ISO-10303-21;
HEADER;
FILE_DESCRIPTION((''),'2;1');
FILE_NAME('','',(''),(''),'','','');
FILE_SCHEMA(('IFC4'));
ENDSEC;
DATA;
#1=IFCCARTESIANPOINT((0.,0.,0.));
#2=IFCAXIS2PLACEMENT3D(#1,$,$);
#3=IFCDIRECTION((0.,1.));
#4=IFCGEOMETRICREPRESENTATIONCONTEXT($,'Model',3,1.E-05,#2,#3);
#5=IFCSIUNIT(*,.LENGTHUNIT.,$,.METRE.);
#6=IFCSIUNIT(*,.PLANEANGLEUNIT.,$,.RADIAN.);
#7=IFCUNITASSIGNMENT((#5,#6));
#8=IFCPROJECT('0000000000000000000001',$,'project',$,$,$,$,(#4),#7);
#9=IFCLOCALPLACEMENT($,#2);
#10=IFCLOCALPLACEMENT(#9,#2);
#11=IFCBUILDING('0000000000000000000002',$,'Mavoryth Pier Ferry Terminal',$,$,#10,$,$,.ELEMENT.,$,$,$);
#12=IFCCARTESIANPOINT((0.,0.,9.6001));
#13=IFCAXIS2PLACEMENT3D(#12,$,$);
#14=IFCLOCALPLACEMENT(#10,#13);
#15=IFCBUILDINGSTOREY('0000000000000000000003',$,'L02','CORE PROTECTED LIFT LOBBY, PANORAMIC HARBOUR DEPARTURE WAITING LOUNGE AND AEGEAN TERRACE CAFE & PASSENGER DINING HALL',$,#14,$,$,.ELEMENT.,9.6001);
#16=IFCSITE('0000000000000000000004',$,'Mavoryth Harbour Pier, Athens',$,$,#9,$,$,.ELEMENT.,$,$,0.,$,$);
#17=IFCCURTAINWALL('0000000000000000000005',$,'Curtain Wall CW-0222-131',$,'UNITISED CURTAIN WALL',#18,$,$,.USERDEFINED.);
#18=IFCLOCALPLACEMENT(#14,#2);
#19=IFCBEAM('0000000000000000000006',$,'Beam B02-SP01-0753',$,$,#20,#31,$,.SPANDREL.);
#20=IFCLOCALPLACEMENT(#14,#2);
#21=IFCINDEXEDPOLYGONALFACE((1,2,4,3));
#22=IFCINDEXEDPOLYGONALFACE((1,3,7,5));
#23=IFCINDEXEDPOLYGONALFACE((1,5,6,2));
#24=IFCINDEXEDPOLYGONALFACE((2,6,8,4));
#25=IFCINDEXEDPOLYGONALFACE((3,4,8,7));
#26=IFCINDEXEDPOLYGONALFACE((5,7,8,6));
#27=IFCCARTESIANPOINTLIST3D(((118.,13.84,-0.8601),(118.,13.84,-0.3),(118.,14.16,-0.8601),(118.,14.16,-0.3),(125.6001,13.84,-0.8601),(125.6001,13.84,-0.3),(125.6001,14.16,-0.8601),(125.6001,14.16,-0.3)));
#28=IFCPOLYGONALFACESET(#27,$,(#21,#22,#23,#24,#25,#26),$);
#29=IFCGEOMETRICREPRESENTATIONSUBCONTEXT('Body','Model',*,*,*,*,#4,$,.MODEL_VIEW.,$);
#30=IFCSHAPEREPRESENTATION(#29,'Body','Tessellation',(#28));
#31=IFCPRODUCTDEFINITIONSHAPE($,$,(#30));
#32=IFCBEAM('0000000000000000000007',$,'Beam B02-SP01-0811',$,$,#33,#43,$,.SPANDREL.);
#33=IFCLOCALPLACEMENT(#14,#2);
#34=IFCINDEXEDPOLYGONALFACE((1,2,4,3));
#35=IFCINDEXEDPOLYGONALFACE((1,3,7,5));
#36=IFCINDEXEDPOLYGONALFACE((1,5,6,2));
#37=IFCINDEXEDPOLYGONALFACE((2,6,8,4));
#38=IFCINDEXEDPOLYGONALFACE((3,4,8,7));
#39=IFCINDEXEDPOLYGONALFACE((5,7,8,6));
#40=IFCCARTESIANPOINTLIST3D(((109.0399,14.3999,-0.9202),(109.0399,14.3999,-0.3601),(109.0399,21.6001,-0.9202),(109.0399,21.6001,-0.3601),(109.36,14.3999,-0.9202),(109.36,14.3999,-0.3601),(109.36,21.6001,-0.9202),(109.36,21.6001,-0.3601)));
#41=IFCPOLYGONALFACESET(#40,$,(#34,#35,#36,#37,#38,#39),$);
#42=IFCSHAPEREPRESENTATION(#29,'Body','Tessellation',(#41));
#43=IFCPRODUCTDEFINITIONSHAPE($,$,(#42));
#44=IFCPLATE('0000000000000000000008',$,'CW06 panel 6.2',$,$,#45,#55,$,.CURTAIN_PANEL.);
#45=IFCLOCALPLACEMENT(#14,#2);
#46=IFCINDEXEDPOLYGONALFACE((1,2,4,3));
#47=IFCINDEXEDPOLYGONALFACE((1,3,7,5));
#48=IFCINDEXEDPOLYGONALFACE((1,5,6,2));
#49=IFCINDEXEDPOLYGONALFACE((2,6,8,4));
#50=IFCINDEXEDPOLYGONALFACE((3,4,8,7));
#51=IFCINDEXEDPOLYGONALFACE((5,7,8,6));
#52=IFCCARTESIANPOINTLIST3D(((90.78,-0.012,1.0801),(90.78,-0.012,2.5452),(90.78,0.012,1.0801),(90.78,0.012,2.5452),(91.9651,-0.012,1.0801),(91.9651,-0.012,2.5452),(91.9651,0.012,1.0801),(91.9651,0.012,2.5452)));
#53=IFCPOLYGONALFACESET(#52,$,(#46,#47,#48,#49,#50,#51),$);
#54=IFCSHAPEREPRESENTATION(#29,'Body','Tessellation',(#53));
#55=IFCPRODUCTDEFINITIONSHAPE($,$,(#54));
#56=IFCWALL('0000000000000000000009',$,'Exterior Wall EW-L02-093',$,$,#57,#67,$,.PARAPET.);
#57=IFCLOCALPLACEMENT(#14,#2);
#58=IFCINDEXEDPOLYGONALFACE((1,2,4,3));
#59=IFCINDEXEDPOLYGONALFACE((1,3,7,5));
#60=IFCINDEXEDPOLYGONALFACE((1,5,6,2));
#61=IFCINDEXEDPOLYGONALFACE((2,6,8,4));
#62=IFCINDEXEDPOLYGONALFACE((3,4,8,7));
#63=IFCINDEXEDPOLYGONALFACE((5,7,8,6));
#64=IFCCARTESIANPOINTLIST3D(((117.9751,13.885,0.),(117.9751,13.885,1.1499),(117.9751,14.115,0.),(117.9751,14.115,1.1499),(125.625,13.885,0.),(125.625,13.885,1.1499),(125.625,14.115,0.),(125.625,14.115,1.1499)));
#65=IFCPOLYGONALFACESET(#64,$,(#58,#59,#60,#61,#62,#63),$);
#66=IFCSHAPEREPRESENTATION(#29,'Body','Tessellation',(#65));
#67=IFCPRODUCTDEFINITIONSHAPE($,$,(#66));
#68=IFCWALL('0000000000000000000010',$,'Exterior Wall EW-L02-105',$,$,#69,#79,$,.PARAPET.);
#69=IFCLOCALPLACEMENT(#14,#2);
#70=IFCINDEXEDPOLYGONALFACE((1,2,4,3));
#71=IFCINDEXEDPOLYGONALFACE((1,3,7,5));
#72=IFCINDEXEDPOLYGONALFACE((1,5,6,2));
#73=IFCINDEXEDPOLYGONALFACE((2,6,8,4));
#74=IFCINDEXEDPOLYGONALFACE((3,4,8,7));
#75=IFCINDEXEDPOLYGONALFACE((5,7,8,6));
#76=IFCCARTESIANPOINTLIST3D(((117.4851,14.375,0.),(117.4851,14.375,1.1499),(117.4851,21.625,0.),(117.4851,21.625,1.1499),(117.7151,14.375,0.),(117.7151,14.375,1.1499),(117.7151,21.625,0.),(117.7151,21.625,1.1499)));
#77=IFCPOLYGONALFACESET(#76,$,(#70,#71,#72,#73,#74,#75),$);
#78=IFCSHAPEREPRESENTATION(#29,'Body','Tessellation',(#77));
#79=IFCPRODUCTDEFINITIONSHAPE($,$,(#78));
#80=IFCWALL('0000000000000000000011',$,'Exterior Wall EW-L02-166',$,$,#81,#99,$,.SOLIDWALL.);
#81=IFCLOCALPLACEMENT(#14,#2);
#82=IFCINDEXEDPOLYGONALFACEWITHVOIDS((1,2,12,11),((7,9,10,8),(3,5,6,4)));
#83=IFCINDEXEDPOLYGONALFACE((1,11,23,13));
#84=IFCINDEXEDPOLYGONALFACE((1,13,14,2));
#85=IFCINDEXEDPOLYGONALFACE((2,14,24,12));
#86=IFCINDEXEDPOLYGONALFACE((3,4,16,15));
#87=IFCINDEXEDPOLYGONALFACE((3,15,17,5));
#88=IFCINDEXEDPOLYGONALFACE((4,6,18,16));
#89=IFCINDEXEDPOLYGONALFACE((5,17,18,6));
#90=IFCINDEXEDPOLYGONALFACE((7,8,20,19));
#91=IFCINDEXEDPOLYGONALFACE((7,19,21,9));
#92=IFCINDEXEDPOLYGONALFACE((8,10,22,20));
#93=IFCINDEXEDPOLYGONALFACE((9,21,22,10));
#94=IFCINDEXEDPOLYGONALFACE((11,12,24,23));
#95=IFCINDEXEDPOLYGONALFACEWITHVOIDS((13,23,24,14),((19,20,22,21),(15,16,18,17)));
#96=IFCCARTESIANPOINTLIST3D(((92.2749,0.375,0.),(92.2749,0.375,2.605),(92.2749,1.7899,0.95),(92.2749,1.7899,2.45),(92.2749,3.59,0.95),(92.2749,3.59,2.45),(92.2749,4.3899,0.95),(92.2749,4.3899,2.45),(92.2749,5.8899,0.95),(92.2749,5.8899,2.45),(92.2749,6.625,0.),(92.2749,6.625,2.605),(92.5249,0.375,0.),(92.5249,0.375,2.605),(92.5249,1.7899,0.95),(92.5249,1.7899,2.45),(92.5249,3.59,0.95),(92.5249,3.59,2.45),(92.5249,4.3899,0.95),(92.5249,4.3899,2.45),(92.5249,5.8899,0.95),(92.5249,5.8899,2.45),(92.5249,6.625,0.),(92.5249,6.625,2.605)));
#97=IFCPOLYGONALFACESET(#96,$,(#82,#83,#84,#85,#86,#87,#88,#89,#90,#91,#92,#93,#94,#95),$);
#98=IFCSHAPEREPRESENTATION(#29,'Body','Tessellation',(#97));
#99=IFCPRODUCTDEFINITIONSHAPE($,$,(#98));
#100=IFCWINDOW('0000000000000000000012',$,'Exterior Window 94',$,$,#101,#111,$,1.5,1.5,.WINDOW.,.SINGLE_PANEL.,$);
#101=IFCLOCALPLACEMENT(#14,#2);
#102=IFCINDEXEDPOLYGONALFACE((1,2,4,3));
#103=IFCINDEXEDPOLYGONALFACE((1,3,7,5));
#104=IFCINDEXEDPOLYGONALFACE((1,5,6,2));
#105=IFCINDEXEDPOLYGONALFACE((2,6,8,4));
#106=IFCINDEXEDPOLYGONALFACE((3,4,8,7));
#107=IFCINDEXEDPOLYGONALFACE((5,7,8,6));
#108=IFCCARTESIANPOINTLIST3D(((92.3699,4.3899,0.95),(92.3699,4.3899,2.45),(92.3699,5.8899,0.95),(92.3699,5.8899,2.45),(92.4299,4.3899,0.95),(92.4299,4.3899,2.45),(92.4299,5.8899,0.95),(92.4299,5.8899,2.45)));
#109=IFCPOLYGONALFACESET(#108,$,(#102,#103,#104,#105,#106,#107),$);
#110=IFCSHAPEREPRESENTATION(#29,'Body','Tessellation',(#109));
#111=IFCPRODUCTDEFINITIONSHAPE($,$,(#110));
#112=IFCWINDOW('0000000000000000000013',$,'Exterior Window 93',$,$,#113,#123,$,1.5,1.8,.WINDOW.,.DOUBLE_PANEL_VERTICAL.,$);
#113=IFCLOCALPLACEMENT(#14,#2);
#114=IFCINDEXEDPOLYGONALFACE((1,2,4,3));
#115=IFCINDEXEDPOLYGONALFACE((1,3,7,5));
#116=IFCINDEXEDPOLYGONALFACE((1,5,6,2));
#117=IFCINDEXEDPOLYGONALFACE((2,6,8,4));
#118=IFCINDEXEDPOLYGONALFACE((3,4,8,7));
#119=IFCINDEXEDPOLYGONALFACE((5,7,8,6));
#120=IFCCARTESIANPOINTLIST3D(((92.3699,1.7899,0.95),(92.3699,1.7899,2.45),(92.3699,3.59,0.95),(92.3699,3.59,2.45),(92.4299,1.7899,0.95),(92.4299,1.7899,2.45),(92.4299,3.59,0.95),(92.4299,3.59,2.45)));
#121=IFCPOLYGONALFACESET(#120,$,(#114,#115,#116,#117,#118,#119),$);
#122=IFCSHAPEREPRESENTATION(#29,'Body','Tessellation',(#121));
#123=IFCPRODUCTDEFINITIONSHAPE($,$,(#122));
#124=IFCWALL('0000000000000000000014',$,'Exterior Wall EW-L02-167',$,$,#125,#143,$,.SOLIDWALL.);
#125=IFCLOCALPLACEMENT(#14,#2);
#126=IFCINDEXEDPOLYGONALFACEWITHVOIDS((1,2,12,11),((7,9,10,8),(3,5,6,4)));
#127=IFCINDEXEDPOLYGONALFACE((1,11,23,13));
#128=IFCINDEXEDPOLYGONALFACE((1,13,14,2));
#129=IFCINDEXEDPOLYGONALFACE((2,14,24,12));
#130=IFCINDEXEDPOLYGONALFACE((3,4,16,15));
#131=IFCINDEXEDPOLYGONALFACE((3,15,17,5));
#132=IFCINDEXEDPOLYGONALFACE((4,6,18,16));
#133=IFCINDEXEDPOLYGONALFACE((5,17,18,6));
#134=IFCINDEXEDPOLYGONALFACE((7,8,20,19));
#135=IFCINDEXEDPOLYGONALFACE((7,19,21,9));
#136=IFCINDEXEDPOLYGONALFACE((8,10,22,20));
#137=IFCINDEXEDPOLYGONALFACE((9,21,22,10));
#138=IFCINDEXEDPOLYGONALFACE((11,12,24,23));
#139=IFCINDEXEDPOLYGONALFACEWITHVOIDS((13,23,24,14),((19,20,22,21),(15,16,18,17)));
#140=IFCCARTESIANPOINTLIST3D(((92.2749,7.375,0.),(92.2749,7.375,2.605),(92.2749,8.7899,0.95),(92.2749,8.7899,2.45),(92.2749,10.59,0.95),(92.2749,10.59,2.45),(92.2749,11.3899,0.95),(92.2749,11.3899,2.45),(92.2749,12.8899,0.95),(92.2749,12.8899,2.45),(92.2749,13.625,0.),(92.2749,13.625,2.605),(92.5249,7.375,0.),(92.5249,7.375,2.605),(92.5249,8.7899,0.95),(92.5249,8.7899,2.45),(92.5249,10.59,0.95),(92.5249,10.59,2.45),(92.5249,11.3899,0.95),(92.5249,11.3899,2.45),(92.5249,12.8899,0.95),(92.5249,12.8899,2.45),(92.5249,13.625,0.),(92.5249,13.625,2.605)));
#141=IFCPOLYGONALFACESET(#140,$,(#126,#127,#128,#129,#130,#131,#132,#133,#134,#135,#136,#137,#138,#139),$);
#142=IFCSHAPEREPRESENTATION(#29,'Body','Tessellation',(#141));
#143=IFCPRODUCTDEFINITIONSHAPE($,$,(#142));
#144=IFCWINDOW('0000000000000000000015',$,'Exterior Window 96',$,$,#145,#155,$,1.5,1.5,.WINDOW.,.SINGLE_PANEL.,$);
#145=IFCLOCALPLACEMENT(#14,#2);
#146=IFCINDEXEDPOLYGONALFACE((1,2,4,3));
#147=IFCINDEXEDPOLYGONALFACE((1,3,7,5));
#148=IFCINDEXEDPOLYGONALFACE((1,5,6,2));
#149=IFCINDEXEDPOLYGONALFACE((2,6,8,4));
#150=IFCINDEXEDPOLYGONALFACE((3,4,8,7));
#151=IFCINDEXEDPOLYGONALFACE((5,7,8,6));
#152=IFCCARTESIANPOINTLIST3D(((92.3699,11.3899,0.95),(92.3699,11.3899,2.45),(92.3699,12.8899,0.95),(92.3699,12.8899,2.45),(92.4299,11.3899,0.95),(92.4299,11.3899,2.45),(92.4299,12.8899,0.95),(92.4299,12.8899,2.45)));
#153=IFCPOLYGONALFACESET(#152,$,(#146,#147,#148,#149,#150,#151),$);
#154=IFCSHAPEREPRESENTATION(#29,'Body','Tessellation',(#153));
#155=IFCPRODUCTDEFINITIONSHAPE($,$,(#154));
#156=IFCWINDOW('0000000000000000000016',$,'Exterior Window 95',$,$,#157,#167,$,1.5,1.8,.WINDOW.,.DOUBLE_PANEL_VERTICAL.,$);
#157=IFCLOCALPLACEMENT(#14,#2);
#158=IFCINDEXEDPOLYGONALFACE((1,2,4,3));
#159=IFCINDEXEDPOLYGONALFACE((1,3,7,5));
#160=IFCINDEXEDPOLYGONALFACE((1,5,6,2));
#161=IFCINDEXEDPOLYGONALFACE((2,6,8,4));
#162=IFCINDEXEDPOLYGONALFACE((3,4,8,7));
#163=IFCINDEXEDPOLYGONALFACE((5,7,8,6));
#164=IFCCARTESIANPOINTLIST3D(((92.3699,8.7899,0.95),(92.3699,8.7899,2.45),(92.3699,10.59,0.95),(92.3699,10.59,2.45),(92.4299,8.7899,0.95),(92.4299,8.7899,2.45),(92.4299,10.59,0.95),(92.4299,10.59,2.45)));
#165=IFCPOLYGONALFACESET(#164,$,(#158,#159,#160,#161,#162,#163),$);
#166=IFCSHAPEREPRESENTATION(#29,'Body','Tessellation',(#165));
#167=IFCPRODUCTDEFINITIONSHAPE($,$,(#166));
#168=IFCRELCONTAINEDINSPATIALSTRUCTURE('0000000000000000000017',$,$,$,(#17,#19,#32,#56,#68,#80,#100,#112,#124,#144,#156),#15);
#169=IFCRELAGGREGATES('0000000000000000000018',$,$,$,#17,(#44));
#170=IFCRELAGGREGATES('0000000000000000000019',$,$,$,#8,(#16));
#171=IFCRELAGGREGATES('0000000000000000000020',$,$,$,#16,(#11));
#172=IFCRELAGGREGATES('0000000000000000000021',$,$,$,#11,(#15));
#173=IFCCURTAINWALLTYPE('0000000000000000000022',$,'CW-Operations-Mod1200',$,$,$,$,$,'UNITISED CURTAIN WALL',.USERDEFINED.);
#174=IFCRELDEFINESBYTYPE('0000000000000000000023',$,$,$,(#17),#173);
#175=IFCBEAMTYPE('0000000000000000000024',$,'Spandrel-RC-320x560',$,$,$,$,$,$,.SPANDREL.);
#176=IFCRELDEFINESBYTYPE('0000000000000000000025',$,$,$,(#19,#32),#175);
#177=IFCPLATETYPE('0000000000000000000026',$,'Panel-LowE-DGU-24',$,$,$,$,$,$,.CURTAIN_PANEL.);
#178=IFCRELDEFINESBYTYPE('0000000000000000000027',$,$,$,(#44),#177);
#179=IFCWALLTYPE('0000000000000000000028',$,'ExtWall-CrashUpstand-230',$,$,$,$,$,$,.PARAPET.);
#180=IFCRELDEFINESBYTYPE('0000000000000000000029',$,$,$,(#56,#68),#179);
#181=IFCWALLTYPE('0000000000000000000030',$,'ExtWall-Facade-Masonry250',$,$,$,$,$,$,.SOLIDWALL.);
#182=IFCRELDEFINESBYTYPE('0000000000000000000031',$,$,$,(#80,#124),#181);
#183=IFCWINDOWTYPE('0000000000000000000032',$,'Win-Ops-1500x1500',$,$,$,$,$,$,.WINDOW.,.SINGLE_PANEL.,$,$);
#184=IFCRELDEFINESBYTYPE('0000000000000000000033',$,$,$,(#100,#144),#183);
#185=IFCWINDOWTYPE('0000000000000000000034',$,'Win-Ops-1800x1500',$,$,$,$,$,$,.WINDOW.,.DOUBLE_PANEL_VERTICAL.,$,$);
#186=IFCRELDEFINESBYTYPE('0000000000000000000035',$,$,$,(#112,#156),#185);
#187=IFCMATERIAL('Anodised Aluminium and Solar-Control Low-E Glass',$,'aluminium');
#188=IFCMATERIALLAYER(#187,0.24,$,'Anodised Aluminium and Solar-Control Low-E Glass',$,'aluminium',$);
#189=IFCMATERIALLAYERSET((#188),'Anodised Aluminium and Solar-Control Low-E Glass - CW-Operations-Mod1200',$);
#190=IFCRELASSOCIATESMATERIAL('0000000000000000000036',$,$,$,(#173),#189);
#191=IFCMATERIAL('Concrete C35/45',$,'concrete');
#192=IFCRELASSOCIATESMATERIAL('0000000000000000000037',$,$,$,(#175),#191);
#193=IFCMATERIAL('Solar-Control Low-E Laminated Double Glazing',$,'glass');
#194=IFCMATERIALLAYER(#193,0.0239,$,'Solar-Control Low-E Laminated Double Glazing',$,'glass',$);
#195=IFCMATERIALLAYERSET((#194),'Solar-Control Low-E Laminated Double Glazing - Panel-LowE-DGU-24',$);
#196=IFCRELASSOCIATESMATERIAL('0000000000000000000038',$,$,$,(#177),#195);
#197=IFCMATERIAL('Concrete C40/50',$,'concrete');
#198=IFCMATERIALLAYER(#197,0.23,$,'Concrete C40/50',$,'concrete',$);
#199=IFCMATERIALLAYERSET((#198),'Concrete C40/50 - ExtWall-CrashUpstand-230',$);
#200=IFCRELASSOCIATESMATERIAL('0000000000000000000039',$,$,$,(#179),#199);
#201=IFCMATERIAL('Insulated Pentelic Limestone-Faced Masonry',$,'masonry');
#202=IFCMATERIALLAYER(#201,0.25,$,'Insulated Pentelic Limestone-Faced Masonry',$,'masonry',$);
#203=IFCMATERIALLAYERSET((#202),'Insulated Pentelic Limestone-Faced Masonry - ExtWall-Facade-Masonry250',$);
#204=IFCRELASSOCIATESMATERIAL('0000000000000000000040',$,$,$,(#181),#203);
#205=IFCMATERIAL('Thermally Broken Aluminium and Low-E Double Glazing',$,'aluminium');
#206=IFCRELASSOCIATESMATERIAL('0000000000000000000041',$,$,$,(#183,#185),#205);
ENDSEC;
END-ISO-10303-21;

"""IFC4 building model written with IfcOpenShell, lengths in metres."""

from ifc_helpers import new_model, si_unit, direction, frame, frame_2d, origin, origin_2d, place, context, subcontext, project, spatial, rectangle, extrude, material, layer, layer_set, material_profile, profile_set, type_object, element, fill, aggregate, save


model = new_model("IFC4")

# Units and contexts
model_context = context("Model", 3, precision=1e-05, world=origin(), true_north=direction((0.0, 1.0)))
body_context = subcontext(model_context, "Body", "Model", "MODEL_VIEW")
ifc_project = project(units=[si_unit("LENGTHUNIT", "METRE"), si_unit("PLANEANGLEUNIT", "RADIAN")], contexts=[model_context])

# Site, building, storey
site_placement = place(None, origin())
site = spatial("IfcSite", under=ifc_project, at=site_placement, Name="Mavoryth Harbour Pier, Athens", CompositionType="ELEMENT", RefElevation=0.0)
building_placement = place(site_placement, origin())
building = spatial("IfcBuilding", under=site, at=building_placement, Name="Mavoryth Pier Ferry Terminal", CompositionType="ELEMENT")
storey_placement = place(building_placement, frame((0.0, 0.0, 9.6001)))
storey = spatial("IfcBuildingStorey", under=building, at=storey_placement, Name="L02", Description="CORE PROTECTED LIFT LOBBY, PANORAMIC HARBOUR DEPARTURE WAITING LOUNGE AND AEGEAN TERRACE CAFE & PASSENGER DINING HALL", CompositionType="ELEMENT", Elevation=9.6001)

# Shared definitions
ifc_material_1 = material(Name="Concrete C40/50", Category="concrete")

# Shared definitions
ifc_material_2 = material(Name="Concrete C35/45", Category="concrete")

# Curtain wall
ifc_material_3 = material(Name="Anodised Aluminium and Solar-Control Low-E Glass", Category="aluminium")
ifc_layer_1 = layer(ifc_material_3, 0.24, Name="Anodised Aluminium and Solar-Control Low-E Glass", Category="aluminium")
ifc_layer_set_1 = layer_set([ifc_layer_1], Name="Anodised Aluminium and Solar-Control Low-E Glass - CW-Operations-Mod1200")
curtain_wall_type = type_object("IfcCurtainWallType", Name="CW-Operations-Mod1200", ElementType="UNITISED CURTAIN WALL", PredefinedType="USERDEFINED", material=ifc_layer_set_1)
curtain_wall_placement = place(storey_placement, origin())
curtain_wall = element("IfcCurtainWall", 1, at=curtain_wall_placement, inside=storey, type_object=curtain_wall_type, Name="Curtain Wall CW-0222-131", ObjectType="UNITISED CURTAIN WALL", PredefinedType="USERDEFINED")

# Beams
ifc_material_profile_1 = material_profile(ifc_material_2, rectangle(XDim=0.3201, YDim=0.5601, at=origin_2d()), Name="RC 320x560", Category="concrete")
ifc_profile_set_1 = profile_set([ifc_material_profile_1], Name="Concrete C35/45 - RC 320x560")
beam_type_1 = type_object("IfcBeamType", Name="Spandrel-RC-320x560", PredefinedType="SPANDREL", material=ifc_profile_set_1)
beam_1_placement = place(storey_placement, frame((118.0, 14.0, -0.5801), z_axis=(1.0, 0.0, 0.0), x_axis=(0.0, 1.0, 0.0)))
element("IfcBeam", 2, at=beam_1_placement, inside=storey, type_object=beam_type_1, Name="Beam B02-SP01-0753", PredefinedType="SPANDREL", context=body_context, shape_type="SweptSolid", body=[
    extrude(rectangle(XDim=0.3201, YDim=0.5601, at=origin_2d()), origin(), (0.0, 0.0, 1.0), 7.6001),
])
beam_2_placement = place(storey_placement, frame((109.2, 14.3999, -0.6401), z_axis=(0.0, 1.0, 0.0), x_axis=(-1.0, 0.0, 0.0)))
element("IfcBeam", 3, at=beam_2_placement, inside=storey, type_object=beam_type_1, Name="Beam B02-SP01-0811", PredefinedType="SPANDREL", context=body_context, shape_type="SweptSolid", body=[
    extrude(rectangle(XDim=0.3201, YDim=0.5601, at=origin_2d()), origin(), (0.0, 0.0, 1.0), 7.2002),
])

# Plate
ifc_material_4 = material(Name="Solar-Control Low-E Laminated Double Glazing", Category="glass")
ifc_layer_2 = layer(ifc_material_4, 0.0239, Name="Solar-Control Low-E Laminated Double Glazing", Category="glass")
ifc_layer_set_2 = layer_set([ifc_layer_2], Name="Solar-Control Low-E Laminated Double Glazing - Panel-LowE-DGU-24")
plate_type = type_object("IfcPlateType", Name="Panel-LowE-DGU-24", PredefinedType="CURTAIN_PANEL", material=ifc_layer_set_2)
plate_placement = place(storey_placement, frame((91.3726, 0.0, 1.0801), z_axis=(0.0, 0.0, 1.0), x_axis=(1.0, 0.0, 0.0)))
plate = element("IfcPlate", 4, at=plate_placement, type_object=plate_type, Name="CW06 panel 6.2", PredefinedType="CURTAIN_PANEL", context=body_context, shape_type="SweptSolid", body=[
    extrude(rectangle(XDim=1.1851, YDim=0.0239, at=origin_2d()), origin(), (0.0, 0.0, 1.0), 1.4651),
])
aggregate(curtain_wall, [plate])

# Walls
ifc_layer_3 = layer(ifc_material_1, 0.23, Name="Concrete C40/50", Category="concrete")
ifc_layer_set_3 = layer_set([ifc_layer_3], Name="Concrete C40/50 - ExtWall-CrashUpstand-230")
wall_type_1 = type_object("IfcWallType", Name="ExtWall-CrashUpstand-230", PredefinedType="PARAPET", material=ifc_layer_set_3)
wall_1_placement = place(storey_placement, frame((117.9751, 14.0, 0.0), z_axis=(0.0, 0.0, 1.0), x_axis=(1.0, 0.0, 0.0)))
element("IfcWall", 5, at=wall_1_placement, inside=storey, type_object=wall_type_1, Name="Exterior Wall EW-L02-093", PredefinedType="PARAPET", context=body_context, shape_type="SweptSolid", body=[
    extrude(rectangle(XDim=7.6499, YDim=0.23, at=frame_2d((3.825, 0.0))), origin(), (0.0, 0.0, 1.0), 1.1499),
])
wall_2_placement = place(storey_placement, frame((117.6001, 14.375, 0.0), z_axis=(0.0, 0.0, 1.0), x_axis=(0.0, 1.0, 0.0)))
element("IfcWall", 6, at=wall_2_placement, inside=storey, type_object=wall_type_1, Name="Exterior Wall EW-L02-105", PredefinedType="PARAPET", context=body_context, shape_type="SweptSolid", body=[
    extrude(rectangle(XDim=7.25, YDim=0.23, at=frame_2d((3.625, 0.0))), origin(), (0.0, 0.0, 1.0), 1.1499),
])

# Walls, openings, windows
ifc_material_5 = material(Name="Insulated Pentelic Limestone-Faced Masonry", Category="masonry")
ifc_layer_4 = layer(ifc_material_5, 0.25, Name="Insulated Pentelic Limestone-Faced Masonry", Category="masonry")
ifc_layer_set_4 = layer_set([ifc_layer_4], Name="Insulated Pentelic Limestone-Faced Masonry - ExtWall-Facade-Masonry250")
wall_type_2 = type_object("IfcWallType", Name="ExtWall-Facade-Masonry250", PredefinedType="SOLIDWALL", material=ifc_layer_set_4)
wall_3_placement = place(storey_placement, frame((92.3999, 0.375, 0.0), z_axis=(0.0, 0.0, 1.0), x_axis=(0.0, 1.0, 0.0)))
wall_3 = element("IfcWall", 7, at=wall_3_placement, inside=storey, type_object=wall_type_2, Name="Exterior Wall EW-L02-166", PredefinedType="SOLIDWALL", context=body_context, shape_type="SweptSolid", body=[
    extrude(rectangle(XDim=6.25, YDim=0.25, at=frame_2d((3.125, 0.0))), origin(), (0.0, 0.0, 1.0), 2.605),
])
opening_1_placement = place(wall_3_placement, frame((1.415, 0.0, 0.95)))
opening_1 = element("IfcOpeningElement", 8, at=opening_1_placement, cuts=wall_3, PredefinedType="OPENING", context=body_context, shape_type="SweptSolid", body=[
    extrude(rectangle(XDim=1.8, YDim=1.5, at=frame_2d((0.8999, 0.75))), frame((0.0, 0.135, 0.0), z_axis=(0.0, -1.0, 0.0), x_axis=(1.0, 0.0, 0.0)), (0.0, 0.0, 1.0), 0.27),
])
opening_2_placement = place(wall_3_placement, frame((4.0149, 0.0, 0.95)))
opening_2 = element("IfcOpeningElement", 9, at=opening_2_placement, cuts=wall_3, PredefinedType="OPENING", context=body_context, shape_type="SweptSolid", body=[
    extrude(rectangle(XDim=1.5, YDim=1.5, at=frame_2d((0.75, 0.75))), frame((0.0, 0.135, 0.0), z_axis=(0.0, -1.0, 0.0), x_axis=(1.0, 0.0, 0.0)), (0.0, 0.0, 1.0), 0.27),
])
ifc_material_6 = material(Name="Thermally Broken Aluminium and Low-E Double Glazing", Category="aluminium")
window_type_1 = type_object("IfcWindowType", Name="Win-Ops-1500x1500", PartitioningType="SINGLE_PANEL", PredefinedType="WINDOW", material=ifc_material_6)
window_1_placement = place(opening_2_placement, origin())
window_1 = element("IfcWindow", 10, at=window_1_placement, inside=storey, type_object=window_type_1, Name="Exterior Window 94", OverallHeight=1.5, OverallWidth=1.5, PartitioningType="SINGLE_PANEL", PredefinedType="WINDOW", context=body_context, shape_type="SweptSolid", body=[
    extrude(rectangle(XDim=1.5, YDim=1.5, at=frame_2d((0.75, 0.75))), frame((0.0, 0.03, 0.0), z_axis=(0.0, -1.0, 0.0), x_axis=(1.0, 0.0, 0.0)), (0.0, 0.0, 1.0), 0.0601),
])
fill(opening_2, window_1)
window_type_2 = type_object("IfcWindowType", Name="Win-Ops-1800x1500", PartitioningType="DOUBLE_PANEL_VERTICAL", PredefinedType="WINDOW", material=ifc_material_6)
window_2_placement = place(opening_1_placement, origin())
window_2 = element("IfcWindow", 11, at=window_2_placement, inside=storey, type_object=window_type_2, Name="Exterior Window 93", OverallHeight=1.5, OverallWidth=1.8, PartitioningType="DOUBLE_PANEL_VERTICAL", PredefinedType="WINDOW", context=body_context, shape_type="SweptSolid", body=[
    extrude(rectangle(XDim=1.8, YDim=1.5, at=frame_2d((0.8999, 0.75))), frame((0.0, 0.03, 0.0), z_axis=(0.0, -1.0, 0.0), x_axis=(1.0, 0.0, 0.0)), (0.0, 0.0, 1.0), 0.0601),
])
fill(opening_1, window_2)
wall_4_placement = place(storey_placement, frame((92.3999, 7.375, 0.0), z_axis=(0.0, 0.0, 1.0), x_axis=(0.0, 1.0, 0.0)))
wall_4 = element("IfcWall", 12, at=wall_4_placement, inside=storey, type_object=wall_type_2, Name="Exterior Wall EW-L02-167", PredefinedType="SOLIDWALL", context=body_context, shape_type="SweptSolid", body=[
    extrude(rectangle(XDim=6.25, YDim=0.25, at=frame_2d((3.125, 0.0))), origin(), (0.0, 0.0, 1.0), 2.605),
])
opening_3_placement = place(wall_4_placement, frame((1.415, 0.0, 0.95)))
opening_3 = element("IfcOpeningElement", 13, at=opening_3_placement, cuts=wall_4, PredefinedType="OPENING", context=body_context, shape_type="SweptSolid", body=[
    extrude(rectangle(XDim=1.8, YDim=1.5, at=frame_2d((0.8999, 0.75))), frame((0.0, 0.135, 0.0), z_axis=(0.0, -1.0, 0.0), x_axis=(1.0, 0.0, 0.0)), (0.0, 0.0, 1.0), 0.27),
])
opening_4_placement = place(wall_4_placement, frame((4.0149, 0.0, 0.95)))
opening_4 = element("IfcOpeningElement", 14, at=opening_4_placement, cuts=wall_4, PredefinedType="OPENING", context=body_context, shape_type="SweptSolid", body=[
    extrude(rectangle(XDim=1.5, YDim=1.5, at=frame_2d((0.75, 0.75))), frame((0.0, 0.135, 0.0), z_axis=(0.0, -1.0, 0.0), x_axis=(1.0, 0.0, 0.0)), (0.0, 0.0, 1.0), 0.27),
])
window_3_placement = place(opening_4_placement, origin())
window_3 = element("IfcWindow", 15, at=window_3_placement, inside=storey, type_object=window_type_1, Name="Exterior Window 96", OverallHeight=1.5, OverallWidth=1.5, PartitioningType="SINGLE_PANEL", PredefinedType="WINDOW", context=body_context, shape_type="SweptSolid", body=[
    extrude(rectangle(XDim=1.5, YDim=1.5, at=frame_2d((0.75, 0.75))), frame((0.0, 0.03, 0.0), z_axis=(0.0, -1.0, 0.0), x_axis=(1.0, 0.0, 0.0)), (0.0, 0.0, 1.0), 0.0601),
])
fill(opening_4, window_3)
window_4_placement = place(opening_3_placement, origin())
window_4 = element("IfcWindow", 16, at=window_4_placement, inside=storey, type_object=window_type_2, Name="Exterior Window 95", OverallHeight=1.5, OverallWidth=1.8, PartitioningType="DOUBLE_PANEL_VERTICAL", PredefinedType="WINDOW", context=body_context, shape_type="SweptSolid", body=[
    extrude(rectangle(XDim=1.8, YDim=1.5, at=frame_2d((0.8999, 0.75))), frame((0.0, 0.03, 0.0), z_axis=(0.0, -1.0, 0.0), x_axis=(1.0, 0.0, 0.0)), (0.0, 0.0, 1.0), 0.0601),
])
fill(opening_3, window_4)

save(model, "model.ifc")
